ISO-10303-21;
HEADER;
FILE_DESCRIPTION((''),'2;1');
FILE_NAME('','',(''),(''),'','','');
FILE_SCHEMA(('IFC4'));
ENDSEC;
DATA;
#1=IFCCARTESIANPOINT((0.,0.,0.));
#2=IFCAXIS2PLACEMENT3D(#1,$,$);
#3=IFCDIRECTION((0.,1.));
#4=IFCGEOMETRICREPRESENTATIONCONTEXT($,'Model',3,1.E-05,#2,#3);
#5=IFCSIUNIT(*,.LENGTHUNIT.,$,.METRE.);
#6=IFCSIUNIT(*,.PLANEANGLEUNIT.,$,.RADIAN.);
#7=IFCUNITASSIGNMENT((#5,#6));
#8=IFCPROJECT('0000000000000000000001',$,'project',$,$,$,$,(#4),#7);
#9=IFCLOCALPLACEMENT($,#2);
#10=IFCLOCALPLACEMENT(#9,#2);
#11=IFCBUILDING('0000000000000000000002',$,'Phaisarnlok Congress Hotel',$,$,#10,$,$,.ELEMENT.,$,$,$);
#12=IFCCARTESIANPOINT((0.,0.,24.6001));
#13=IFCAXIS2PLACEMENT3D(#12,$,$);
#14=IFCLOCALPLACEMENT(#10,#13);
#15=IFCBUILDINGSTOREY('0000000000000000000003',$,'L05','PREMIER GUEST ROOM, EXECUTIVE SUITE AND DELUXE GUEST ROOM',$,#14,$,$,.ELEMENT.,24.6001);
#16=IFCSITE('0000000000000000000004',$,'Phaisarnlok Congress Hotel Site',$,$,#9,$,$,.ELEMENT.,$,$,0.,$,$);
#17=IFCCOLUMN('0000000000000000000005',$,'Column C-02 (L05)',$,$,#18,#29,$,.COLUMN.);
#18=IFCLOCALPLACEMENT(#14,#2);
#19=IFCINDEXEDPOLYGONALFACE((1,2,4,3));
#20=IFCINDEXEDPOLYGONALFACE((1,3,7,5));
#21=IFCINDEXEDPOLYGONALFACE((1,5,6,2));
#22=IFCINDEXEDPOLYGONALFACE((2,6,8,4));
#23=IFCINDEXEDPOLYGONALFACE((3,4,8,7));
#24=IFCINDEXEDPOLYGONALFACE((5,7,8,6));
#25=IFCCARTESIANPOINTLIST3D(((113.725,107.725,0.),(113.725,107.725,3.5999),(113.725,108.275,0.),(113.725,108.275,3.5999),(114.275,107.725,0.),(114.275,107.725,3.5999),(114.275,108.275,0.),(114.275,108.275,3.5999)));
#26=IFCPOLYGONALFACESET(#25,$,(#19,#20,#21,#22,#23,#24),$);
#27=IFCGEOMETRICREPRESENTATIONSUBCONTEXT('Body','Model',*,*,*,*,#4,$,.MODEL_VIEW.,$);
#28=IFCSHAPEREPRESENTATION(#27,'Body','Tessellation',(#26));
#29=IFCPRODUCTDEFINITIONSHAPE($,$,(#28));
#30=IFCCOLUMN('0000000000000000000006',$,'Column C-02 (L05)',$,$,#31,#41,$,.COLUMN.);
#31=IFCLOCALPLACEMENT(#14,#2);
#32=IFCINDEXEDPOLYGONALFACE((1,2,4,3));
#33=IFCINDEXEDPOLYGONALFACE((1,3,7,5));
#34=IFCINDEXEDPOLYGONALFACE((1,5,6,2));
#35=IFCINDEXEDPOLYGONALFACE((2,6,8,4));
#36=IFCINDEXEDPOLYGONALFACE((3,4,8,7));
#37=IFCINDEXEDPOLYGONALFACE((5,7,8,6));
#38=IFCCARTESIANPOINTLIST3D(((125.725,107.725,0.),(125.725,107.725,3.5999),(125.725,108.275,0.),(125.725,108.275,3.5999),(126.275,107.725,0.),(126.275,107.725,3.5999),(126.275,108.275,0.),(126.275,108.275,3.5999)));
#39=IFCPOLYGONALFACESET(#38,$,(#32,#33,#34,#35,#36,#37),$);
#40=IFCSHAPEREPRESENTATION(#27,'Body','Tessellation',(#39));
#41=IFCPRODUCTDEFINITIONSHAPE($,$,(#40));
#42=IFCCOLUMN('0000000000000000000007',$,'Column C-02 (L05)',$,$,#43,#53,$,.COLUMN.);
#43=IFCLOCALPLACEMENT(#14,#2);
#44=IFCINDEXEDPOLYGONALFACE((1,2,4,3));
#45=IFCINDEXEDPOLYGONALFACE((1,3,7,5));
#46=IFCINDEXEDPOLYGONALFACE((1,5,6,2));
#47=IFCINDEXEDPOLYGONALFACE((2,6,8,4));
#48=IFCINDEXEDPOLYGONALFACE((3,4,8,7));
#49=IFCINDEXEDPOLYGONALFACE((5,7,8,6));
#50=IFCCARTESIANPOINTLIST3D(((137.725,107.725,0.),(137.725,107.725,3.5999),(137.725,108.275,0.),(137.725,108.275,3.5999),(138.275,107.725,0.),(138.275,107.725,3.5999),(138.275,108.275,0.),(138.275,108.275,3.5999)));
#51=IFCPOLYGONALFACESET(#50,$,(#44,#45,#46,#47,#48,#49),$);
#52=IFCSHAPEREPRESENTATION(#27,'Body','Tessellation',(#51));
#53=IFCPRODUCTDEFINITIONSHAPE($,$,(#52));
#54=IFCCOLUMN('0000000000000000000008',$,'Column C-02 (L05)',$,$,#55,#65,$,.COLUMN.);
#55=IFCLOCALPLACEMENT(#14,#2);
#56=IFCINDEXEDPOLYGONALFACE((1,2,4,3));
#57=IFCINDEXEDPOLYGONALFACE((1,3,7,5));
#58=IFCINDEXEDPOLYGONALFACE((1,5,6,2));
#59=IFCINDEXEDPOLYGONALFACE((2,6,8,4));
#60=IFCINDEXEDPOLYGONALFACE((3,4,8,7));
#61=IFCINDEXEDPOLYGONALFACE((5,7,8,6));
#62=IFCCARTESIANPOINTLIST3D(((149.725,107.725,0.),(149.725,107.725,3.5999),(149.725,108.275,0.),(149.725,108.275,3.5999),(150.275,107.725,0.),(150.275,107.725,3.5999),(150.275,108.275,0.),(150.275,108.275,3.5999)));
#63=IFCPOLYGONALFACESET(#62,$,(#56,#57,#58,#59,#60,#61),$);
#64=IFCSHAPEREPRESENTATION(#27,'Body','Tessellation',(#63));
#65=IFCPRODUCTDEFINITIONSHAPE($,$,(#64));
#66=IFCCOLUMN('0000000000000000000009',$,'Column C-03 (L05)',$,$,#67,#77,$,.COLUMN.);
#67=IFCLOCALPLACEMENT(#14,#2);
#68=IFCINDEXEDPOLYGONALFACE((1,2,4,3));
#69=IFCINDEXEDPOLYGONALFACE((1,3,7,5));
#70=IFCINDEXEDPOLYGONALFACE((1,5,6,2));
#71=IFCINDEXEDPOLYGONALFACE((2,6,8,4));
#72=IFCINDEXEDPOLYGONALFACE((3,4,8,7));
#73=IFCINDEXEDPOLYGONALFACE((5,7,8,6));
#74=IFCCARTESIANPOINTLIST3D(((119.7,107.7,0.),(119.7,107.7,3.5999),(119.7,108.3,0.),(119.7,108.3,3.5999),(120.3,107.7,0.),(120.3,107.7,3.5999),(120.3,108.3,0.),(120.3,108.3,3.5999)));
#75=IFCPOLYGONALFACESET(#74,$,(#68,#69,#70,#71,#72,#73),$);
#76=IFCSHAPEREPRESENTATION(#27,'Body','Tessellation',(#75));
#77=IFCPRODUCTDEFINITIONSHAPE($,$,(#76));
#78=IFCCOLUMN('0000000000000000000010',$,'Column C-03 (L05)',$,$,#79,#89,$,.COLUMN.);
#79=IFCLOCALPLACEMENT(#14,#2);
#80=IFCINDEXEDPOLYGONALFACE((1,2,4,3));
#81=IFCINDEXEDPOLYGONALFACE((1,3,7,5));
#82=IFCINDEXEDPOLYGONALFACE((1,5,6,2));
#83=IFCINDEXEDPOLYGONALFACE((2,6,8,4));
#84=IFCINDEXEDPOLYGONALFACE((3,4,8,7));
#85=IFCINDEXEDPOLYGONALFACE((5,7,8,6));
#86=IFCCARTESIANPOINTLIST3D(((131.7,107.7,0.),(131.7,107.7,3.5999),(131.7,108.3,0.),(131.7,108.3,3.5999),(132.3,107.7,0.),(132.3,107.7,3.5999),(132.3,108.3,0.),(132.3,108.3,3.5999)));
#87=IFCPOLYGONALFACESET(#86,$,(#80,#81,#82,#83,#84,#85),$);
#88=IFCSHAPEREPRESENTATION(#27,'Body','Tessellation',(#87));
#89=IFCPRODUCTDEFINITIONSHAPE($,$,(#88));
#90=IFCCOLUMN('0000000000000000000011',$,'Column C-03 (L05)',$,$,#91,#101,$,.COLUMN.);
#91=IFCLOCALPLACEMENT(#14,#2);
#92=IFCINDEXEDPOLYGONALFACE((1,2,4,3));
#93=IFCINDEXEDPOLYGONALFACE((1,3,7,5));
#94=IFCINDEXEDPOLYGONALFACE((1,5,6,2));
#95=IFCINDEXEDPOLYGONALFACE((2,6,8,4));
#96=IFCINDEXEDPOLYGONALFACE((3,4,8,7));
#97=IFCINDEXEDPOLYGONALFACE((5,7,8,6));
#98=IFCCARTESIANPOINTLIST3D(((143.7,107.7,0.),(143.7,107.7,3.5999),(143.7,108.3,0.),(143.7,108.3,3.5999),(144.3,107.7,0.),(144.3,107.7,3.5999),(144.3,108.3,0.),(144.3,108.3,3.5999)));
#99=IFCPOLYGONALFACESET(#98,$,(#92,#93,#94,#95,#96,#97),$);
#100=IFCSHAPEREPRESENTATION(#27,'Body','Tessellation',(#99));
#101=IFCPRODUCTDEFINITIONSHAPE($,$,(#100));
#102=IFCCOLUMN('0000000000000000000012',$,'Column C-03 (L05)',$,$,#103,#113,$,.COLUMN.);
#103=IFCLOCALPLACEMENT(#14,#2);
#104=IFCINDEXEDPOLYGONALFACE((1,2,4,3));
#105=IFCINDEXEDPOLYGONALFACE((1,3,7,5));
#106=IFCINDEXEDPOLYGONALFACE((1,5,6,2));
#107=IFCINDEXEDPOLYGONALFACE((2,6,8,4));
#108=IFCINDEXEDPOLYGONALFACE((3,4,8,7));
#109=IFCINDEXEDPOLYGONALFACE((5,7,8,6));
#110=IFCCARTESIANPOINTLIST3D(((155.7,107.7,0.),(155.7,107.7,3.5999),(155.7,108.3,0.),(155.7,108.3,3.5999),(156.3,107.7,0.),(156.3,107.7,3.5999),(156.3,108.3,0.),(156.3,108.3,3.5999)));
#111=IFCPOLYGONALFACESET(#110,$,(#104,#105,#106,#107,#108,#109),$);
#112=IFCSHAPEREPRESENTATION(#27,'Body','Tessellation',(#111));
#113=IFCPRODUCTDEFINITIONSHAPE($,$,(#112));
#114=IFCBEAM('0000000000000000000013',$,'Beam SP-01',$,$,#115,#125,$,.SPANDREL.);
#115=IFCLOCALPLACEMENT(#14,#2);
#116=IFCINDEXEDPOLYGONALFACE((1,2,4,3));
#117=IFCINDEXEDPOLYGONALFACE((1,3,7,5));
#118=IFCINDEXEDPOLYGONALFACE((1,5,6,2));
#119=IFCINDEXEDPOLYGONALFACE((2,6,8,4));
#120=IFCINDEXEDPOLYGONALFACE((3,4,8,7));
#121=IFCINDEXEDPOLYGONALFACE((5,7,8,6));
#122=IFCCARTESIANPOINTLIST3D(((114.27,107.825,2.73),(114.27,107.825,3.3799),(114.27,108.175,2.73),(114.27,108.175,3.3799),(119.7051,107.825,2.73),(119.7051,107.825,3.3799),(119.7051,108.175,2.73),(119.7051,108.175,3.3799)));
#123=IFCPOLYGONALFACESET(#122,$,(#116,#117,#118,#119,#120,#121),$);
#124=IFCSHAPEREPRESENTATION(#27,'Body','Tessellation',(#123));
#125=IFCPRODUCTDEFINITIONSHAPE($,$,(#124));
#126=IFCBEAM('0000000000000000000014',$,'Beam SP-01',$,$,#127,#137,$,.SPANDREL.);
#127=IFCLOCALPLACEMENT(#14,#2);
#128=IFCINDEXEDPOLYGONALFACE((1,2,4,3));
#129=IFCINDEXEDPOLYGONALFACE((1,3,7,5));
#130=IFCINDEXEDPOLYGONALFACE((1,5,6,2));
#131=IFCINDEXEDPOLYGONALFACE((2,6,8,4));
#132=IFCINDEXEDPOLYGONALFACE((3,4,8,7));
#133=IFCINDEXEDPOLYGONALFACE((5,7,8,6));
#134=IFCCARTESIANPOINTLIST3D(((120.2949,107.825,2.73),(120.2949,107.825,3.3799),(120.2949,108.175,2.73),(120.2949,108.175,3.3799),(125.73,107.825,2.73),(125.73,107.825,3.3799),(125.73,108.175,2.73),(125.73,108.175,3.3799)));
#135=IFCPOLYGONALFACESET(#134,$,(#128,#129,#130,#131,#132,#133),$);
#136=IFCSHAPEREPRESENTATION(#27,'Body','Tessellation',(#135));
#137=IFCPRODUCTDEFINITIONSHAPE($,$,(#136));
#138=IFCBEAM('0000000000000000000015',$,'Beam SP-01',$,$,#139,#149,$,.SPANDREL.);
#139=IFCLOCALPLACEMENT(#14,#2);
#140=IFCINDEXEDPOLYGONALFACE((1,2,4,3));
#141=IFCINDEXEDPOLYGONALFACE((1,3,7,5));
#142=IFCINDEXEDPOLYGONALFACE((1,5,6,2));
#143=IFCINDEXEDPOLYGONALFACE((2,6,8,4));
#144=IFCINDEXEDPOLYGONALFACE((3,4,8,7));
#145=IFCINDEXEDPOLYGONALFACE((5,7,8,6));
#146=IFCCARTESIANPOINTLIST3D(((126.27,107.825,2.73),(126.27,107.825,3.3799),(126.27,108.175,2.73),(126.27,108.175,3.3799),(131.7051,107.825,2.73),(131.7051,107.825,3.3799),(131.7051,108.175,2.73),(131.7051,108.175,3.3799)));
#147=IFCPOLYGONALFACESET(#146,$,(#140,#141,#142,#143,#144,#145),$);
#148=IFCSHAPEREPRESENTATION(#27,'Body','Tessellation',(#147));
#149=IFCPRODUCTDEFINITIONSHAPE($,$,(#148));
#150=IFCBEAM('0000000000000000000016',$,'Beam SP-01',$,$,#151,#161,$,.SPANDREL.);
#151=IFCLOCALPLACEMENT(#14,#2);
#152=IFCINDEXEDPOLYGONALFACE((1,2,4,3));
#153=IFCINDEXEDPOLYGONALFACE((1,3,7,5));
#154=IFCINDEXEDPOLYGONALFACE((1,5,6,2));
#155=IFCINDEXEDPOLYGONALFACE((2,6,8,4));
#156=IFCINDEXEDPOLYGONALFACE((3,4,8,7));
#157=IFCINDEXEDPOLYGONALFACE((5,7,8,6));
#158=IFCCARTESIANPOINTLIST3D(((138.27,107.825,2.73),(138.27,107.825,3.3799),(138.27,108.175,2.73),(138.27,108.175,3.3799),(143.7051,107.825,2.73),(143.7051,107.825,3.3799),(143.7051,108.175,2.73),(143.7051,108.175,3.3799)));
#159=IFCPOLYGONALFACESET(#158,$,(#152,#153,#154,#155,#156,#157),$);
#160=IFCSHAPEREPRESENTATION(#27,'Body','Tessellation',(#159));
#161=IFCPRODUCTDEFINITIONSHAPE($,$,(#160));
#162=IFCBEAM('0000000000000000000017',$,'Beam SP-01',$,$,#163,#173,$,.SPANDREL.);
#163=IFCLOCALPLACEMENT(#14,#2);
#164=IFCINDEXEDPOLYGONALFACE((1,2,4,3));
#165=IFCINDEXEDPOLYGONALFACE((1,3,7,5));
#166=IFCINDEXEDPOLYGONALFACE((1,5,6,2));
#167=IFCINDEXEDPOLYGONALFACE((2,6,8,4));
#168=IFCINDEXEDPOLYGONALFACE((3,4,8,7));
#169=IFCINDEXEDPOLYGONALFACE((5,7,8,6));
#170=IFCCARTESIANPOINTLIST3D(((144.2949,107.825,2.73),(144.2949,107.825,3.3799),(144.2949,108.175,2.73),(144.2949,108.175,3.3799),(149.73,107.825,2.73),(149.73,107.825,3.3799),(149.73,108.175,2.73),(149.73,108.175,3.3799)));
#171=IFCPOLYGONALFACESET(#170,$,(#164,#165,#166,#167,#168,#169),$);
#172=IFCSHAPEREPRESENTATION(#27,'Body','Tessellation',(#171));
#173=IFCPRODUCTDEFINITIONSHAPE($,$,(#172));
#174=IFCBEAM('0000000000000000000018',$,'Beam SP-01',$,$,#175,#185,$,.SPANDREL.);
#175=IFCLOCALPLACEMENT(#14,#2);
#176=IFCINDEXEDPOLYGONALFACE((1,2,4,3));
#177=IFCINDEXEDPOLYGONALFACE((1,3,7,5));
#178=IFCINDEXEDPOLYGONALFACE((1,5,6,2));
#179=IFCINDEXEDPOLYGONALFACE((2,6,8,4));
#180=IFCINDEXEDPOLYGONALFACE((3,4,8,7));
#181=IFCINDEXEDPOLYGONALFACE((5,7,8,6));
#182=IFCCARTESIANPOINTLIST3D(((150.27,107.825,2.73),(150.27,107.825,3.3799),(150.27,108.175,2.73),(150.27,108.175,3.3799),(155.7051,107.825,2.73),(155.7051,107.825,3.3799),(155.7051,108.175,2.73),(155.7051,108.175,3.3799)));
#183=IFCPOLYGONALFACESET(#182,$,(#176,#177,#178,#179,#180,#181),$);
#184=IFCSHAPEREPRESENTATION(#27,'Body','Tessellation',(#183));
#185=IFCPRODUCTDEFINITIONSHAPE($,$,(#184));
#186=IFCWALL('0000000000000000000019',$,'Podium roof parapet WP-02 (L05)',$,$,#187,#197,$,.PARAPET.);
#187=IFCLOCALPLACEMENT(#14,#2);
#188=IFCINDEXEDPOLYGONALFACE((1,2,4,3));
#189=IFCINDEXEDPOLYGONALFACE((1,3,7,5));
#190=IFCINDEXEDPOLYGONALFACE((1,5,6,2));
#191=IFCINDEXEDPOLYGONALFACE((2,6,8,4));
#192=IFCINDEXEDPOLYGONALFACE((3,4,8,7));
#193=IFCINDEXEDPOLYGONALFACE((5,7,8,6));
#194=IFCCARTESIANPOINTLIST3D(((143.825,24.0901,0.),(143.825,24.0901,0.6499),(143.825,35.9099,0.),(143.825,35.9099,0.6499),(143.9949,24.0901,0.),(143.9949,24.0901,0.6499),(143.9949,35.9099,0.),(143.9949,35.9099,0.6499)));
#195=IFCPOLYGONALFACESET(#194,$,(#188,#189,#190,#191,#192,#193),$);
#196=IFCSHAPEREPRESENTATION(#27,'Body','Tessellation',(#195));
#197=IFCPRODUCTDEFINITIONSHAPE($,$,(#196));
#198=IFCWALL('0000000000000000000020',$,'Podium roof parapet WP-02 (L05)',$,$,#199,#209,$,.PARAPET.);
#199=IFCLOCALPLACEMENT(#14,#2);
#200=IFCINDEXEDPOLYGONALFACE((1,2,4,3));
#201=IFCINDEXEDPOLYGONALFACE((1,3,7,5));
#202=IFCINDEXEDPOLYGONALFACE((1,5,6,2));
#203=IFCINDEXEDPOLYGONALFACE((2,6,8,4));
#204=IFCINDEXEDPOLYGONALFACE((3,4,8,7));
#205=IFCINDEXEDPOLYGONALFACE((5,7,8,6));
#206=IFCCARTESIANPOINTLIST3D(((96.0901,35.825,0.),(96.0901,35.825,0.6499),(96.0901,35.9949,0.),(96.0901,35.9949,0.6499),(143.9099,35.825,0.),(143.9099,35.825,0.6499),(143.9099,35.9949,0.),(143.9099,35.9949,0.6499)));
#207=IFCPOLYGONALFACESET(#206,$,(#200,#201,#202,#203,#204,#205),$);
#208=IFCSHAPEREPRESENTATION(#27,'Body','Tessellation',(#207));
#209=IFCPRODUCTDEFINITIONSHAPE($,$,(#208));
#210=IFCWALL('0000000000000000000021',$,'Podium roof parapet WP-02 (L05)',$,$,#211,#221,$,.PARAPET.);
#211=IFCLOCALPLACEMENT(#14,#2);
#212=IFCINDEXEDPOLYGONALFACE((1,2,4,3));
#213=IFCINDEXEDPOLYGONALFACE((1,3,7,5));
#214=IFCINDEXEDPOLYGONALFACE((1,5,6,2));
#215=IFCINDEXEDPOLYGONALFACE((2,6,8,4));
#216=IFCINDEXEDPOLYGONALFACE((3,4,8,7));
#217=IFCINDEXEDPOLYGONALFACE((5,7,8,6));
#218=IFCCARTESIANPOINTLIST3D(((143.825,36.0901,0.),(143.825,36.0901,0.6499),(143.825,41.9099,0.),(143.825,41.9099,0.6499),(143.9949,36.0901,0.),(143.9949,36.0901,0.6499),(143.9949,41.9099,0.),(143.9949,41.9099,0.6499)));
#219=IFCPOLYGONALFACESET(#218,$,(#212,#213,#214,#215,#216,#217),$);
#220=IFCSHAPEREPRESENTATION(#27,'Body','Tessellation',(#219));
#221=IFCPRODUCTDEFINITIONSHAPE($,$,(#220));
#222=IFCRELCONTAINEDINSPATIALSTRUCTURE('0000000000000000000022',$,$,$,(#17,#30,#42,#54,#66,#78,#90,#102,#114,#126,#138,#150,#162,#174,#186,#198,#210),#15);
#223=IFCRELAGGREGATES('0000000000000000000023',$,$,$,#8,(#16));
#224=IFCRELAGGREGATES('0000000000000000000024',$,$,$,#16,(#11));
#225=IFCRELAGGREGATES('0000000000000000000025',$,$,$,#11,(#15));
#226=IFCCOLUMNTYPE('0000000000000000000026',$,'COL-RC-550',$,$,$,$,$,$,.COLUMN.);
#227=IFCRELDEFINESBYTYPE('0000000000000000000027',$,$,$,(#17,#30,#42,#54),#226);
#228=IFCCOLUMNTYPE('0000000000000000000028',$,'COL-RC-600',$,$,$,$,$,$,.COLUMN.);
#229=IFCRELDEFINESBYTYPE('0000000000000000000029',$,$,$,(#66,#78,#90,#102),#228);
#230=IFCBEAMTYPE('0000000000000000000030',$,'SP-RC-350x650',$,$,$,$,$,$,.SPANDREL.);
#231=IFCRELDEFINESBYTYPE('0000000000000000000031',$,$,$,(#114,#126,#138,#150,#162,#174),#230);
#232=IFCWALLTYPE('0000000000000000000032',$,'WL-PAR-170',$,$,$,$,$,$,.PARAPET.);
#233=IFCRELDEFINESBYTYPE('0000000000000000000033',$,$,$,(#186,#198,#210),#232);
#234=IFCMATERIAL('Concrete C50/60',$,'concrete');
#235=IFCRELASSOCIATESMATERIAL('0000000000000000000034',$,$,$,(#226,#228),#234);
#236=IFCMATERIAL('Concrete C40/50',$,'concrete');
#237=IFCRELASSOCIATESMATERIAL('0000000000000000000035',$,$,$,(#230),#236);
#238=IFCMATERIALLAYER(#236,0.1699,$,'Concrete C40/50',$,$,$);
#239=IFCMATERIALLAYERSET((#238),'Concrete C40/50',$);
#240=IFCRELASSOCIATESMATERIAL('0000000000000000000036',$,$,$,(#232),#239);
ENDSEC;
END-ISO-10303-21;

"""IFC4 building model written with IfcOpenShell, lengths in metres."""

from ifc_helpers import new_model, si_unit, direction, frame, frame_2d, origin, origin_2d, place, context, subcontext, project, spatial, rectangle, extrude, material, layer, layer_set, material_profile, profile_set, type_object, element, save


model = new_model("IFC4")

# Units and contexts
model_context = context("Model", 3, precision=1e-05, world=origin(), true_north=direction((0.0, 1.0)))
body_context = subcontext(model_context, "Body", "Model", "MODEL_VIEW")
ifc_project = project(units=[si_unit("LENGTHUNIT", "METRE"), si_unit("PLANEANGLEUNIT", "RADIAN")], contexts=[model_context])

# Site, building, storey
site_placement = place(None, origin())
site = spatial("IfcSite", under=ifc_project, at=site_placement, Name="Phaisarnlok Congress Hotel Site", CompositionType="ELEMENT", RefElevation=0.0)
building_placement = place(site_placement, origin())
building = spatial("IfcBuilding", under=site, at=building_placement, Name="Phaisarnlok Congress Hotel", CompositionType="ELEMENT")
storey_placement = place(building_placement, frame((0.0, 0.0, 24.6001)))
storey = spatial("IfcBuildingStorey", under=building, at=storey_placement, Name="L05", Description="PREMIER GUEST ROOM, EXECUTIVE SUITE AND DELUXE GUEST ROOM", CompositionType="ELEMENT", Elevation=24.6001)

# Columns
ifc_material_1 = material(Name="Concrete C50/60", Category="concrete")
ifc_material_profile_1 = material_profile(ifc_material_1, rectangle(XDim=0.55, YDim=0.55, at=origin_2d()), Name="RC 550x550")
ifc_profile_set_1 = profile_set([ifc_material_profile_1], Name="Concrete C50/60")
column_type_1 = type_object("IfcColumnType", Name="COL-RC-550", PredefinedType="COLUMN", material=ifc_profile_set_1)
for number, where, z_axis, x_axis, name in (
    (1, (114.0, 108.0, 0.0), (0.0, 0.0, 1.0), (1.0, 0.0, 0.0), "Column C-02 (L05)"),
    (2, (126.0, 108.0, 0.0), (0.0, 0.0, 1.0), (1.0, 0.0, 0.0), "Column C-02 (L05)"),
    (3, (138.0, 108.0, 0.0), (0.0, 0.0, 1.0), (1.0, 0.0, 0.0), "Column C-02 (L05)"),
    (4, (150.0, 108.0, 0.0), (0.0, 0.0, 1.0), (1.0, 0.0, 0.0), "Column C-02 (L05)"),
):
    element("IfcColumn", number, at=place(storey_placement, frame(where, z_axis=z_axis, x_axis=x_axis)), inside=storey, type_object=column_type_1, Name=name, PredefinedType="COLUMN", context=body_context, shape_type="SweptSolid", body=[
        extrude(rectangle(XDim=0.55, YDim=0.55, at=origin_2d()), origin(), (0.0, 0.0, 1.0), 3.5999),
    ])
ifc_material_profile_2 = material_profile(ifc_material_1, rectangle(XDim=0.6001, YDim=0.6001, at=origin_2d()), Name="RC 600x600")
ifc_profile_set_2 = profile_set([ifc_material_profile_2], Name="Concrete C50/60")
column_type_2 = type_object("IfcColumnType", Name="COL-RC-600", PredefinedType="COLUMN", material=ifc_profile_set_2)
for number, where, z_axis, x_axis, name in (
    (5, (120.0, 108.0, 0.0), (0.0, 0.0, 1.0), (1.0, 0.0, 0.0), "Column C-03 (L05)"),
    (6, (132.0, 108.0, 0.0), (0.0, 0.0, 1.0), (1.0, 0.0, 0.0), "Column C-03 (L05)"),
    (7, (144.0, 108.0, 0.0), (0.0, 0.0, 1.0), (1.0, 0.0, 0.0), "Column C-03 (L05)"),
    (8, (156.0, 108.0, 0.0), (0.0, 0.0, 1.0), (1.0, 0.0, 0.0), "Column C-03 (L05)"),
):
    element("IfcColumn", number, at=place(storey_placement, frame(where, z_axis=z_axis, x_axis=x_axis)), inside=storey, type_object=column_type_2, Name=name, PredefinedType="COLUMN", context=body_context, shape_type="SweptSolid", body=[
        extrude(rectangle(XDim=0.6001, YDim=0.6001, at=origin_2d()), origin(), (0.0, 0.0, 1.0), 3.5999),
    ])

# Beams
ifc_material_2 = material(Name="Concrete C40/50", Category="concrete")
ifc_material_profile_3 = material_profile(ifc_material_2, rectangle(XDim=0.3501, YDim=0.6499, at=origin_2d()), Name="RC 350x650")
ifc_profile_set_3 = profile_set([ifc_material_profile_3], Name="Concrete C40/50")
beam_type = type_object("IfcBeamType", Name="SP-RC-350x650", PredefinedType="SPANDREL", material=ifc_profile_set_3)
for number, where, z_axis, x_axis, name in (
    (9, (114.27, 108.0, 3.0549), (1.0, 0.0, 0.0), (0.0, 1.0, 0.0), "Beam SP-01"),
    (10, (120.2949, 108.0, 3.0549), (1.0, 0.0, 0.0), (0.0, 1.0, 0.0), "Beam SP-01"),
    (11, (126.27, 108.0, 3.0549), (1.0, 0.0, 0.0), (0.0, 1.0, 0.0), "Beam SP-01"),
    (12, (138.27, 108.0, 3.0549), (1.0, 0.0, 0.0), (0.0, 1.0, 0.0), "Beam SP-01"),
    (13, (144.2949, 108.0, 3.0549), (1.0, 0.0, 0.0), (0.0, 1.0, 0.0), "Beam SP-01"),
    (14, (150.27, 108.0, 3.0549), (1.0, 0.0, 0.0), (0.0, 1.0, 0.0), "Beam SP-01"),
):
    element("IfcBeam", number, at=place(storey_placement, frame(where, z_axis=z_axis, x_axis=x_axis)), inside=storey, type_object=beam_type, Name=name, PredefinedType="SPANDREL", context=body_context, shape_type="SweptSolid", body=[
        extrude(rectangle(XDim=0.3501, YDim=0.6499, at=origin_2d()), origin(), (0.0, 0.0, 1.0), 5.4351),
    ])

# Walls
ifc_layer_1 = layer(ifc_material_2, 0.1699, Name="Concrete C40/50")
ifc_layer_set_1 = layer_set([ifc_layer_1], Name="Concrete C40/50")
wall_type = type_object("IfcWallType", Name="WL-PAR-170", PredefinedType="PARAPET", material=ifc_layer_set_1)
wall_1_placement = place(storey_placement, frame((143.9099, 24.0901, 0.0), z_axis=(0.0, 0.0, 1.0), x_axis=(0.0, 1.0, 0.0)))
element("IfcWall", 15, at=wall_1_placement, inside=storey, type_object=wall_type, Name="Podium roof parapet WP-02 (L05)", PredefinedType="PARAPET", context=body_context, shape_type="SweptSolid", body=[
    extrude(rectangle(XDim=11.8198, YDim=0.1699, at=frame_2d((5.9099, 0.0))), origin(), (0.0, 0.0, 1.0), 0.6499),
])
wall_2_placement = place(storey_placement, frame((143.9099, 35.9099, 0.0), z_axis=(0.0, 0.0, 1.0), x_axis=(-1.0, 0.0, 0.0)))
element("IfcWall", 16, at=wall_2_placement, inside=storey, type_object=wall_type, Name="Podium roof parapet WP-02 (L05)", PredefinedType="PARAPET", context=body_context, shape_type="SweptSolid", body=[
    extrude(rectangle(XDim=47.8198, YDim=0.1699, at=frame_2d((23.9099, 0.0))), origin(), (0.0, 0.0, 1.0), 0.6499),
])
wall_3_placement = place(storey_placement, frame((143.9099, 36.0901, 0.0), z_axis=(0.0, 0.0, 1.0), x_axis=(0.0, 1.0, 0.0)))
element("IfcWall", 17, at=wall_3_placement, inside=storey, type_object=wall_type, Name="Podium roof parapet WP-02 (L05)", PredefinedType="PARAPET", context=body_context, shape_type="SweptSolid", body=[
    extrude(rectangle(XDim=5.8198, YDim=0.1699, at=frame_2d((2.9099, 0.0))), origin(), (0.0, 0.0, 1.0), 0.6499),
])

save(model, "model.ifc")
